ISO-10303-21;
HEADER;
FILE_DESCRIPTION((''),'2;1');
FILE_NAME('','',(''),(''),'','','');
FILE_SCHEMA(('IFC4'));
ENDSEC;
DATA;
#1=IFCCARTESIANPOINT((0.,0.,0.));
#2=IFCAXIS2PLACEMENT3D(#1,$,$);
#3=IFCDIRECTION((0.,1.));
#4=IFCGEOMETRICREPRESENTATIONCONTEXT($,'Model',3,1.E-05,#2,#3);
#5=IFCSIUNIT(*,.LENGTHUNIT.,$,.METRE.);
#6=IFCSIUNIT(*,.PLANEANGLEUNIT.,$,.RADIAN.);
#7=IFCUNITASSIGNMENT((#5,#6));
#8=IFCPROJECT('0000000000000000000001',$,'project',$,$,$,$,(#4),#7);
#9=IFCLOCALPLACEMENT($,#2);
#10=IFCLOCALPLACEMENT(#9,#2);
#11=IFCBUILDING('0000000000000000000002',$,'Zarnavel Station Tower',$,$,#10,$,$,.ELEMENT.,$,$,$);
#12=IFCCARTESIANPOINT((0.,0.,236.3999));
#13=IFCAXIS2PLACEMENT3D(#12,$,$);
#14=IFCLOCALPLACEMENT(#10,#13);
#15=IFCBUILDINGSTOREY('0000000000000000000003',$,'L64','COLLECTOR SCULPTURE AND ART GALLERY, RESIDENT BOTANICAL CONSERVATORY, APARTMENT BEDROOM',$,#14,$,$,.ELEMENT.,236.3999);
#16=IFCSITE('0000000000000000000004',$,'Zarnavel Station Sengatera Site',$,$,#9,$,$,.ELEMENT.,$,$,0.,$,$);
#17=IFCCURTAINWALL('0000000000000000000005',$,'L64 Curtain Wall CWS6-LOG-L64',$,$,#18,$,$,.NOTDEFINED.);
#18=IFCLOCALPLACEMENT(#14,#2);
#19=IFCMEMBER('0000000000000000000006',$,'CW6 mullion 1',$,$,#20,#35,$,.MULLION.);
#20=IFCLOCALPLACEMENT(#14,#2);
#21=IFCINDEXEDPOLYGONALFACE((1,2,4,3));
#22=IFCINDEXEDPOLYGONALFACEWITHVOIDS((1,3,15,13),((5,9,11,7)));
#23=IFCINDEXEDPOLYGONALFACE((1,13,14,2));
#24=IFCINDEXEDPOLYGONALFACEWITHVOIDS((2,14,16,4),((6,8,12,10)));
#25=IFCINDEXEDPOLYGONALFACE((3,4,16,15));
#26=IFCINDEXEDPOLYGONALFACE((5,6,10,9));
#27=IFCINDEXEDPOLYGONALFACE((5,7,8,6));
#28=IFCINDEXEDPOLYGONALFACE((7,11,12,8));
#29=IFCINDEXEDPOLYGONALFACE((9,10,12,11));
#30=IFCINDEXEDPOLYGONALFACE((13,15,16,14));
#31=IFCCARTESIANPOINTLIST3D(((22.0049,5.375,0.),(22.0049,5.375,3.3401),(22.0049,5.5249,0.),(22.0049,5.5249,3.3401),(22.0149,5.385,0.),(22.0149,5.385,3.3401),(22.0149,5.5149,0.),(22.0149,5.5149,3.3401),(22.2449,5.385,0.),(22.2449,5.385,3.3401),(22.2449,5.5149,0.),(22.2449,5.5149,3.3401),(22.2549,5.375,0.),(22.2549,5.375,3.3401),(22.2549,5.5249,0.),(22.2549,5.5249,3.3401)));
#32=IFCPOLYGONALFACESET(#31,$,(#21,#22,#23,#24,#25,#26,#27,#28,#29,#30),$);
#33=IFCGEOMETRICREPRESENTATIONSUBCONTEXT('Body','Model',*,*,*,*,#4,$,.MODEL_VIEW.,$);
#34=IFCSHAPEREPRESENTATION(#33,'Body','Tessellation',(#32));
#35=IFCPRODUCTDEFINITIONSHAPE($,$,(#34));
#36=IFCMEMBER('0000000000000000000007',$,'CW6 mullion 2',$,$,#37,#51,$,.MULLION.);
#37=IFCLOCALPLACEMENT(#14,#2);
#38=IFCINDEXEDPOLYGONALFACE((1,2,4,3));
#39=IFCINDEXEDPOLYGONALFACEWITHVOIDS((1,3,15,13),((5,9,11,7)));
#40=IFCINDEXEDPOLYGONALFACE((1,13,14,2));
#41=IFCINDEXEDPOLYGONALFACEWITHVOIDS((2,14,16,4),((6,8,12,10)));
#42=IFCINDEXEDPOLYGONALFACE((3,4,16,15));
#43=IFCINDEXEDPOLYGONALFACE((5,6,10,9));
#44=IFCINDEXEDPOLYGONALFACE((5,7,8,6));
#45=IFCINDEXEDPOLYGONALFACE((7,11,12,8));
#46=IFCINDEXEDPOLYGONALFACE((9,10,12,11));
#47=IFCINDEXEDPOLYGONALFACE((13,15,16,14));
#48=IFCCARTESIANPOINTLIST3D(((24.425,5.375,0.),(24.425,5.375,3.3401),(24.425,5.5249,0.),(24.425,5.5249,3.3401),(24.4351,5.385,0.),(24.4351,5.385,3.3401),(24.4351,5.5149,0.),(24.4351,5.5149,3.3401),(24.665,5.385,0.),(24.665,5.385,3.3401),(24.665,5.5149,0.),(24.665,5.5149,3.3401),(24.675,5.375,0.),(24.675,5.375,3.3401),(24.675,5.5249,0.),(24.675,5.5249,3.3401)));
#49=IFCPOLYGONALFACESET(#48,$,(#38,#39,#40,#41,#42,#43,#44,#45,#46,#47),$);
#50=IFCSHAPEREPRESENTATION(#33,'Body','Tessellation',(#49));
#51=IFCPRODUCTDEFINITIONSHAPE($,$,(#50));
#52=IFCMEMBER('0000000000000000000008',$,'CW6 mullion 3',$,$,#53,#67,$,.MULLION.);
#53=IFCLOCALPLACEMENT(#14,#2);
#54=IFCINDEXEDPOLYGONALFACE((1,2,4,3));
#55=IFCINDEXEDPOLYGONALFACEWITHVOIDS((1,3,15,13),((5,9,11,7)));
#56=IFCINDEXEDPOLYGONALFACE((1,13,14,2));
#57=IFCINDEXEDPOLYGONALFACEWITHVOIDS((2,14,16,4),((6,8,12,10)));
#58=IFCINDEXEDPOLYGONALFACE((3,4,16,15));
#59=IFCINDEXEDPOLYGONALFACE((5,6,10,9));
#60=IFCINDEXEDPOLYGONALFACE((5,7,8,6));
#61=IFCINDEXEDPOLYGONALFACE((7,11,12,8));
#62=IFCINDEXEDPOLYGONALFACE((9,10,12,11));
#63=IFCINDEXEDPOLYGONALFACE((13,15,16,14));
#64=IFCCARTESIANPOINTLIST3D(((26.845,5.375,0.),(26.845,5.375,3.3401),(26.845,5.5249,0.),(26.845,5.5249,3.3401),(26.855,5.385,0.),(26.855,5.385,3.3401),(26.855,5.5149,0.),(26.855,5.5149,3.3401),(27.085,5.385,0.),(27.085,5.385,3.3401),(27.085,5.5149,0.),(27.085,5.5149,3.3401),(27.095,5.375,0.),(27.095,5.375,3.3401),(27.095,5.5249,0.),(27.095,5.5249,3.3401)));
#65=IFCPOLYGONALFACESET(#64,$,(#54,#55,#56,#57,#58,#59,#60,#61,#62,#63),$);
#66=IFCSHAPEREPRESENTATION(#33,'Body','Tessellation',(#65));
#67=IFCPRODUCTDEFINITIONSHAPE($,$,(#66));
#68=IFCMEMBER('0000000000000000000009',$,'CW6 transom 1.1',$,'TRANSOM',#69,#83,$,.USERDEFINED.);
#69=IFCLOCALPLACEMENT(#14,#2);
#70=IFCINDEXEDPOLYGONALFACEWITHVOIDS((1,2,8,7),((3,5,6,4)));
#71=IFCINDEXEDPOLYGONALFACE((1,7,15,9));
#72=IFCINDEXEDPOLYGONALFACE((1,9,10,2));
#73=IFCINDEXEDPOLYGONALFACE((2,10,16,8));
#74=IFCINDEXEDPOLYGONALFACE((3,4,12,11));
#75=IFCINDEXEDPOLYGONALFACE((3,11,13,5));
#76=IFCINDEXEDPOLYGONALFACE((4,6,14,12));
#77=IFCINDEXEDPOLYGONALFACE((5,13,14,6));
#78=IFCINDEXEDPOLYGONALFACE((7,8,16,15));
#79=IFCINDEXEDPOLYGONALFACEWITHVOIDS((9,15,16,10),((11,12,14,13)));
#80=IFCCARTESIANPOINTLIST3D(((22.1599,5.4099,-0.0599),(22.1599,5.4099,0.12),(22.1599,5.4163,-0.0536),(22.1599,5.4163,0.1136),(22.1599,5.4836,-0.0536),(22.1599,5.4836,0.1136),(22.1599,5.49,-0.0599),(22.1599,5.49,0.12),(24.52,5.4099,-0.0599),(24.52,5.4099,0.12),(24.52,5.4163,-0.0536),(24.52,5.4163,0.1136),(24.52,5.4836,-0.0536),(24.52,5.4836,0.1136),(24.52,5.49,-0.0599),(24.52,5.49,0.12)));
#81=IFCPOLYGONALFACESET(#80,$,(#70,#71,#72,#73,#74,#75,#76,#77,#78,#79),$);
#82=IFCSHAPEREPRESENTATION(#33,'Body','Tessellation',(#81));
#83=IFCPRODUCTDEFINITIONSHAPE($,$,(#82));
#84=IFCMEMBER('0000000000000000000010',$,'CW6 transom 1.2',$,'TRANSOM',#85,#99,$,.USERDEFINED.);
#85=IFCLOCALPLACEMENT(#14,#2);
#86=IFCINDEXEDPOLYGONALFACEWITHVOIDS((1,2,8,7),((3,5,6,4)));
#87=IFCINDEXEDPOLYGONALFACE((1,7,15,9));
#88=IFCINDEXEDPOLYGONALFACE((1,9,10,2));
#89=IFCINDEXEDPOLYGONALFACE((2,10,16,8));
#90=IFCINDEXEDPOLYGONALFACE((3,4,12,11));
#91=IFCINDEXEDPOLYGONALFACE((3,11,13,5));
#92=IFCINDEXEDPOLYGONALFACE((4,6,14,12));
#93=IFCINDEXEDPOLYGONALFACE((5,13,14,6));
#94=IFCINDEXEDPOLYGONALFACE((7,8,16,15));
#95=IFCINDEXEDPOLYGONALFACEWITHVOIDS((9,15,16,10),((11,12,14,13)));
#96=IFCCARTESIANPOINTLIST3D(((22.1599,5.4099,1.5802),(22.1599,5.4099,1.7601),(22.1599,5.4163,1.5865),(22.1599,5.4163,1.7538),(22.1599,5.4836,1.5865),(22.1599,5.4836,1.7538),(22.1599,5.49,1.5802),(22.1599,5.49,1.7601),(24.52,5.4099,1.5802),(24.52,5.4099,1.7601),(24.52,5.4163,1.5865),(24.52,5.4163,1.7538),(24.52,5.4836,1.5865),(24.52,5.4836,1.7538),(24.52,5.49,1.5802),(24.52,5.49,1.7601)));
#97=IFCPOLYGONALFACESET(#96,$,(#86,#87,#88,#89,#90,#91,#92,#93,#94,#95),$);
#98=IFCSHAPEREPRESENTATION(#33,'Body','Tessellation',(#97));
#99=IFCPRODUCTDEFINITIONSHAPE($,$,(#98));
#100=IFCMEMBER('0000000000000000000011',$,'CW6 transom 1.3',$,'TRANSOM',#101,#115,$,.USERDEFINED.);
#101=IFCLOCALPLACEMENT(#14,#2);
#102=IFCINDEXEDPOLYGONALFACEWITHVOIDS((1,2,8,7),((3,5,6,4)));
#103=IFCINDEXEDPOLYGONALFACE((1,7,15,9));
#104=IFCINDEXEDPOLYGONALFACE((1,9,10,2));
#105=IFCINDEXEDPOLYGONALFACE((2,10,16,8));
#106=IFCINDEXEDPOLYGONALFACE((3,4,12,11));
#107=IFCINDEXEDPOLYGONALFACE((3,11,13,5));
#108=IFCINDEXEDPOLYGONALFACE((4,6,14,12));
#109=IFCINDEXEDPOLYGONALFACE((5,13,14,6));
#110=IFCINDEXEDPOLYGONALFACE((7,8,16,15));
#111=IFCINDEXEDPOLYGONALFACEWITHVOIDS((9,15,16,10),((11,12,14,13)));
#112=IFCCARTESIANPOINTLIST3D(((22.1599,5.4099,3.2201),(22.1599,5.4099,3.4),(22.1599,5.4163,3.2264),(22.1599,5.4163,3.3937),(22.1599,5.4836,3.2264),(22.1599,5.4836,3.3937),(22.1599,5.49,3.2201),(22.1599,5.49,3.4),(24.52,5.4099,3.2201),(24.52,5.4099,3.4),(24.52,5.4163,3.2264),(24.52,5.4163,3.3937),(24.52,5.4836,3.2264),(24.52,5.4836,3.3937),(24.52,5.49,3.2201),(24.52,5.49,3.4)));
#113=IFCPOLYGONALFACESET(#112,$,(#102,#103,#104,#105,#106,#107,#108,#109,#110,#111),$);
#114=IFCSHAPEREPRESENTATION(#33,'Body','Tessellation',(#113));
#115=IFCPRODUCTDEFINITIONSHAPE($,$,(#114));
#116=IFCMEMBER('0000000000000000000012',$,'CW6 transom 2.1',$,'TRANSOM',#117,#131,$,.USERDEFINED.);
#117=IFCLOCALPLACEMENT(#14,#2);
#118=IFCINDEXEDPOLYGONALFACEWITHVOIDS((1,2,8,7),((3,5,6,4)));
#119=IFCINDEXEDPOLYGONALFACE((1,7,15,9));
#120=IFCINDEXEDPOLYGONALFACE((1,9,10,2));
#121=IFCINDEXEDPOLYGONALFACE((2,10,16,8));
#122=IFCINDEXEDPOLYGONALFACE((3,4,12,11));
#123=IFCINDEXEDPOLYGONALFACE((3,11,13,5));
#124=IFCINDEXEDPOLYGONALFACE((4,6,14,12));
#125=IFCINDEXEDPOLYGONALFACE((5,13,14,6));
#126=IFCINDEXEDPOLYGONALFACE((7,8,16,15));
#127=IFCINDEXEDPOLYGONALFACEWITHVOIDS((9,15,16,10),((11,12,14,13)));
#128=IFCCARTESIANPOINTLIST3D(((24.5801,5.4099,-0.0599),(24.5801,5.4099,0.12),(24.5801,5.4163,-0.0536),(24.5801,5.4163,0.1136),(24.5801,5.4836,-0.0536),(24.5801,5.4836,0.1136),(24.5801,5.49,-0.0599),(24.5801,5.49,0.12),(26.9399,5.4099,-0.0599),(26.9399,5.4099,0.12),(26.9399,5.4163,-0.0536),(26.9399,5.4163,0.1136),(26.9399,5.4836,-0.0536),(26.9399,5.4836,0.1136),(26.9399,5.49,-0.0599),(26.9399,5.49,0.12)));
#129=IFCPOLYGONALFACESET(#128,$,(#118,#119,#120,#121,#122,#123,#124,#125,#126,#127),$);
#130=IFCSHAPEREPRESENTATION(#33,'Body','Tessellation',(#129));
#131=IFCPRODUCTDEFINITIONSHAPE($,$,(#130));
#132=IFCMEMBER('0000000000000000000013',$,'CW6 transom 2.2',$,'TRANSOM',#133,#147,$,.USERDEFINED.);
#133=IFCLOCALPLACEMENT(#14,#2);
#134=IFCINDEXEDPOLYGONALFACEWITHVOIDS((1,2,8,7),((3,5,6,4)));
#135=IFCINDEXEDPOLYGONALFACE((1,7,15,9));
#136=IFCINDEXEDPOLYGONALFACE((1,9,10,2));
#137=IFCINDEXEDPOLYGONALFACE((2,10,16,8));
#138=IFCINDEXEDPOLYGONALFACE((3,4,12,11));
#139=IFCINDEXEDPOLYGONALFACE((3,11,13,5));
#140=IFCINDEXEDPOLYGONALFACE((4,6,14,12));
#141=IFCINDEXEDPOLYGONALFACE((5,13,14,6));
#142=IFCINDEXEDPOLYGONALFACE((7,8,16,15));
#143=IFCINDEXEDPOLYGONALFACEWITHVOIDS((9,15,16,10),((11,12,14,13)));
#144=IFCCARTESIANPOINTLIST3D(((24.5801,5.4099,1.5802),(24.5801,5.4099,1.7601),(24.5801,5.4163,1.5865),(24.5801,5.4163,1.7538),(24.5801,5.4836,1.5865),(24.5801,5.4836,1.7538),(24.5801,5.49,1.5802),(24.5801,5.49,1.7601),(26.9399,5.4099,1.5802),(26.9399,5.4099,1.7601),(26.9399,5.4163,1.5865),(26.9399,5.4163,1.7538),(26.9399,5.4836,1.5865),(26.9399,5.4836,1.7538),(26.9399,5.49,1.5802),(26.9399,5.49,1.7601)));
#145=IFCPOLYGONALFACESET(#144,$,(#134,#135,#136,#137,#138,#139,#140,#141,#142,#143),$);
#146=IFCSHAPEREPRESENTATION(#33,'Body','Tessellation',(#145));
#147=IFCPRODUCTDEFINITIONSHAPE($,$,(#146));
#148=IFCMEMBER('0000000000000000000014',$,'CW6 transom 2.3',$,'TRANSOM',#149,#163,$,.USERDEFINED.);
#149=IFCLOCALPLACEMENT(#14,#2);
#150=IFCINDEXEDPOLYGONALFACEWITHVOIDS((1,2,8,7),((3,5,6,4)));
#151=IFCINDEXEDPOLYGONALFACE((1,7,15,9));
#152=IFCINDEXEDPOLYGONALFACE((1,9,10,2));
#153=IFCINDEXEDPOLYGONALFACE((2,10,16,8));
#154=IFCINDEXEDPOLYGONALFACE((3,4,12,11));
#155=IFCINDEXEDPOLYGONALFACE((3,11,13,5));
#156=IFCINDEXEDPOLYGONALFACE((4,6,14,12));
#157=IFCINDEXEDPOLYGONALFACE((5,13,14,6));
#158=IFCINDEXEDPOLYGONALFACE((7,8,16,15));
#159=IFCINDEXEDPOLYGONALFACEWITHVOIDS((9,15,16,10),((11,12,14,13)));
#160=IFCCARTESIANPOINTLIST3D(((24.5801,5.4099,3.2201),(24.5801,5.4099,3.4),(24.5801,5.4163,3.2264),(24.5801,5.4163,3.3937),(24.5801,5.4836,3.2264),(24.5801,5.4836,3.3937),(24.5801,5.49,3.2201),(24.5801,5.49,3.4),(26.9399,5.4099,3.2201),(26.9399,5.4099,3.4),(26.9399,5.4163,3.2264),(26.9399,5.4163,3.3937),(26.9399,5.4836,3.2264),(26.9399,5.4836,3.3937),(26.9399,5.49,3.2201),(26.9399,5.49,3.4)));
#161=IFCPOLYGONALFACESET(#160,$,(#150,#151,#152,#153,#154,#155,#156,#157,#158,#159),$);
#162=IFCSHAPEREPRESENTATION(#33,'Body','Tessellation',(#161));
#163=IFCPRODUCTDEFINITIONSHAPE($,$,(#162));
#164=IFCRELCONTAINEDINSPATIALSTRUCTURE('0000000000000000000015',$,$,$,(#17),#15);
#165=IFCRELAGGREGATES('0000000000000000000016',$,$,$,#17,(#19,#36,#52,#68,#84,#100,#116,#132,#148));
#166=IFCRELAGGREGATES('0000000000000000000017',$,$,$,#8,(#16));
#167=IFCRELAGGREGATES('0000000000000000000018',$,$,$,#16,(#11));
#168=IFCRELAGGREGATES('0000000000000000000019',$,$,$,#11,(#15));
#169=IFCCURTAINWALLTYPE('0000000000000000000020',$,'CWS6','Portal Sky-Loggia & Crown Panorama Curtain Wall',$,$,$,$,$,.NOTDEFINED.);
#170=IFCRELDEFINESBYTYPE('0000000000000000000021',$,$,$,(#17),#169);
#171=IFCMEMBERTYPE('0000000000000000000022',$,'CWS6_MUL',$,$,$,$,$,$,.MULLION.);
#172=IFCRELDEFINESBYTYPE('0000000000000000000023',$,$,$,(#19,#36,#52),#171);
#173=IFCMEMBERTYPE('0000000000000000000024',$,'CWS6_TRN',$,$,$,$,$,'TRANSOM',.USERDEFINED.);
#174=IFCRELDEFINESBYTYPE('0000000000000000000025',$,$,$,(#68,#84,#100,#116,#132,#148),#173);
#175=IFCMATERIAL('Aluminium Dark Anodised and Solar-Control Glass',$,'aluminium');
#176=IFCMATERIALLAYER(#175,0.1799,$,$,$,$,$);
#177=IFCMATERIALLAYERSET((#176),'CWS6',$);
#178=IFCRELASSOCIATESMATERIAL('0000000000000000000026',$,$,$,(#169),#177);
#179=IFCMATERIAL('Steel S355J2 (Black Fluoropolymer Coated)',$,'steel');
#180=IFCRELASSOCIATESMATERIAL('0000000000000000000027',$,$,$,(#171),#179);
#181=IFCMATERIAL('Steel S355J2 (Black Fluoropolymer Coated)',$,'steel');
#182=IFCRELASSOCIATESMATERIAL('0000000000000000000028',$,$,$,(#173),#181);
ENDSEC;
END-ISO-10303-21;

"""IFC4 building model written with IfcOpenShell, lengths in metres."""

from ifc_helpers import new_model, si_unit, direction, frame, origin, origin_2d, place, context, subcontext, project, spatial, hollow_rectangle, extrude, material, layer, layer_set, material_profile, profile_set, type_object, element, aggregate, save


model = new_model("IFC4")

# Units and contexts
model_context = context("Model", 3, precision=1e-05, world=origin(), true_north=direction((0.0, 1.0)))
body_context = subcontext(model_context, "Body", "Model", "MODEL_VIEW")
ifc_project = project(units=[si_unit("LENGTHUNIT", "METRE"), si_unit("PLANEANGLEUNIT", "RADIAN")], contexts=[model_context])

# Site, building, storey
site_placement = place(None, origin())
site = spatial("IfcSite", under=ifc_project, at=site_placement, Name="Zarnavel Station Sengatera Site", CompositionType="ELEMENT", RefElevation=0.0)
building_placement = place(site_placement, origin())
building = spatial("IfcBuilding", under=site, at=building_placement, Name="Zarnavel Station Tower", CompositionType="ELEMENT")
storey_placement = place(building_placement, frame((0.0, 0.0, 236.3999)))
storey = spatial("IfcBuildingStorey", under=building, at=storey_placement, Name="L64", Description="COLLECTOR SCULPTURE AND ART GALLERY, RESIDENT BOTANICAL CONSERVATORY, APARTMENT BEDROOM", CompositionType="ELEMENT", Elevation=236.3999)

# Curtain wall, members
ifc_material_1 = material(Name="Aluminium Dark Anodised and Solar-Control Glass", Category="aluminium")
ifc_layer_1 = layer(ifc_material_1, 0.1799)
ifc_layer_set_1 = layer_set([ifc_layer_1], Name="CWS6")
curtain_wall_type_1 = type_object("IfcCurtainWallType", Name="CWS6", Description="Portal Sky-Loggia & Crown Panorama Curtain Wall", PredefinedType="NOTDEFINED", material=ifc_layer_set_1)
curtain_wall_1_placement = place(storey_placement, origin())
curtain_wall_1 = element("IfcCurtainWall", 1, at=curtain_wall_1_placement, inside=storey, type_object=curtain_wall_type_1, Name="L64 Curtain Wall CWS6-LOG-L64", PredefinedType="NOTDEFINED")
ifc_material_2 = material(Name="Steel S355J2 (Black Fluoropolymer Coated)", Category="steel")
ifc_material_profile_1 = material_profile(ifc_material_2, hollow_rectangle(XDim=0.1499, YDim=0.25, WallThickness=0.01, at=origin_2d()), Name="RHS250x150x10")
ifc_profile_set_1 = profile_set([ifc_material_profile_1], Name="Steel S355J2 (Black Fluoropolymer Coated)")
member_type_1 = type_object("IfcMemberType", Name="CWS6_MUL", PredefinedType="MULLION", material=ifc_profile_set_1)
member_1_placement = place(storey_placement, frame((22.1299, 5.45, 0.0), z_axis=(0.0, 0.0, 1.0), x_axis=(0.0, 1.0, 0.0)))
member_1 = element("IfcMember", 2, at=member_1_placement, type_object=member_type_1, Name="CW6 mullion 1", PredefinedType="MULLION", context=body_context, shape_type="SweptSolid", body=[
    extrude(hollow_rectangle(XDim=0.1499, YDim=0.25, WallThickness=0.01, at=origin_2d()), origin(), (0.0, 0.0, 1.0), 3.3401),
])
member_2_placement = place(storey_placement, frame((24.55, 5.45, 0.0), z_axis=(0.0, 0.0, 1.0), x_axis=(0.0, 1.0, 0.0)))
member_2 = element("IfcMember", 3, at=member_2_placement, type_object=member_type_1, Name="CW6 mullion 2", PredefinedType="MULLION", context=body_context, shape_type="SweptSolid", body=[
    extrude(hollow_rectangle(XDim=0.1499, YDim=0.25, WallThickness=0.01, at=origin_2d()), origin(), (0.0, 0.0, 1.0), 3.3401),
])
member_3_placement = place(storey_placement, frame((26.97, 5.45, 0.0), z_axis=(0.0, 0.0, 1.0), x_axis=(0.0, 1.0, 0.0)))
member_3 = element("IfcMember", 4, at=member_3_placement, type_object=member_type_1, Name="CW6 mullion 3", PredefinedType="MULLION", context=body_context, shape_type="SweptSolid", body=[
    extrude(hollow_rectangle(XDim=0.1499, YDim=0.25, WallThickness=0.01, at=origin_2d()), origin(), (0.0, 0.0, 1.0), 3.3401),
])
ifc_material_3 = material(Name="Steel S355J2 (Black Fluoropolymer Coated)", Category="steel")
ifc_material_profile_2 = material_profile(ifc_material_3, hollow_rectangle(XDim=0.0801, YDim=0.1799, WallThickness=0.0063, at=origin_2d()), Name="RHS180x80x6.3")
ifc_profile_set_2 = profile_set([ifc_material_profile_2], Name="Steel S355J2 (Black Fluoropolymer Coated)")
member_type_2 = type_object("IfcMemberType", Name="CWS6_TRN", ElementType="TRANSOM", PredefinedType="USERDEFINED", material=ifc_profile_set_2)
member_4_placement = place(storey_placement, frame((22.1599, 5.45, 0.03), z_axis=(1.0, 0.0, 0.0), x_axis=(0.0, 1.0, 0.0)))
member_4 = element("IfcMember", 5, at=member_4_placement, type_object=member_type_2, Name="CW6 transom 1.1", ObjectType="TRANSOM", PredefinedType="USERDEFINED", context=body_context, shape_type="SweptSolid", body=[
    extrude(hollow_rectangle(XDim=0.0801, YDim=0.1799, WallThickness=0.0063, at=origin_2d()), origin(), (0.0, 0.0, 1.0), 2.3601),
])
member_5_placement = place(storey_placement, frame((22.1599, 5.45, 1.6702), z_axis=(1.0, 0.0, 0.0), x_axis=(0.0, 1.0, 0.0)))
member_5 = element("IfcMember", 6, at=member_5_placement, type_object=member_type_2, Name="CW6 transom 1.2", ObjectType="TRANSOM", PredefinedType="USERDEFINED", context=body_context, shape_type="SweptSolid", body=[
    extrude(hollow_rectangle(XDim=0.0801, YDim=0.1799, WallThickness=0.0063, at=origin_2d()), origin(), (0.0, 0.0, 1.0), 2.3601),
])
member_6_placement = place(storey_placement, frame((22.1599, 5.45, 3.3101), z_axis=(1.0, 0.0, 0.0), x_axis=(0.0, 1.0, 0.0)))
member_6 = element("IfcMember", 7, at=member_6_placement, type_object=member_type_2, Name="CW6 transom 1.3", ObjectType="TRANSOM", PredefinedType="USERDEFINED", context=body_context, shape_type="SweptSolid", body=[
    extrude(hollow_rectangle(XDim=0.0801, YDim=0.1799, WallThickness=0.0063, at=origin_2d()), origin(), (0.0, 0.0, 1.0), 2.3601),
])
member_7_placement = place(storey_placement, frame((24.5801, 5.45, 0.03), z_axis=(1.0, 0.0, 0.0), x_axis=(0.0, 1.0, 0.0)))
member_7 = element("IfcMember", 8, at=member_7_placement, type_object=member_type_2, Name="CW6 transom 2.1", ObjectType="TRANSOM", PredefinedType="USERDEFINED", context=body_context, shape_type="SweptSolid", body=[
    extrude(hollow_rectangle(XDim=0.0801, YDim=0.1799, WallThickness=0.0063, at=origin_2d()), origin(), (0.0, 0.0, 1.0), 2.3599),
])
member_8_placement = place(storey_placement, frame((24.5801, 5.45, 1.6702), z_axis=(1.0, 0.0, 0.0), x_axis=(0.0, 1.0, 0.0)))
member_8 = element("IfcMember", 9, at=member_8_placement, type_object=member_type_2, Name="CW6 transom 2.2", ObjectType="TRANSOM", PredefinedType="USERDEFINED", context=body_context, shape_type="SweptSolid", body=[
    extrude(hollow_rectangle(XDim=0.0801, YDim=0.1799, WallThickness=0.0063, at=origin_2d()), origin(), (0.0, 0.0, 1.0), 2.3599),
])
member_9_placement = place(storey_placement, frame((24.5801, 5.45, 3.3101), z_axis=(1.0, 0.0, 0.0), x_axis=(0.0, 1.0, 0.0)))
member_9 = element("IfcMember", 10, at=member_9_placement, type_object=member_type_2, Name="CW6 transom 2.3", ObjectType="TRANSOM", PredefinedType="USERDEFINED", context=body_context, shape_type="SweptSolid", body=[
    extrude(hollow_rectangle(XDim=0.0801, YDim=0.1799, WallThickness=0.0063, at=origin_2d()), origin(), (0.0, 0.0, 1.0), 2.3599),
])

aggregate(curtain_wall_1, [member_1, member_2, member_3, member_4, member_5, member_6, member_7, member_8, member_9])

save(model, "model.ifc")
